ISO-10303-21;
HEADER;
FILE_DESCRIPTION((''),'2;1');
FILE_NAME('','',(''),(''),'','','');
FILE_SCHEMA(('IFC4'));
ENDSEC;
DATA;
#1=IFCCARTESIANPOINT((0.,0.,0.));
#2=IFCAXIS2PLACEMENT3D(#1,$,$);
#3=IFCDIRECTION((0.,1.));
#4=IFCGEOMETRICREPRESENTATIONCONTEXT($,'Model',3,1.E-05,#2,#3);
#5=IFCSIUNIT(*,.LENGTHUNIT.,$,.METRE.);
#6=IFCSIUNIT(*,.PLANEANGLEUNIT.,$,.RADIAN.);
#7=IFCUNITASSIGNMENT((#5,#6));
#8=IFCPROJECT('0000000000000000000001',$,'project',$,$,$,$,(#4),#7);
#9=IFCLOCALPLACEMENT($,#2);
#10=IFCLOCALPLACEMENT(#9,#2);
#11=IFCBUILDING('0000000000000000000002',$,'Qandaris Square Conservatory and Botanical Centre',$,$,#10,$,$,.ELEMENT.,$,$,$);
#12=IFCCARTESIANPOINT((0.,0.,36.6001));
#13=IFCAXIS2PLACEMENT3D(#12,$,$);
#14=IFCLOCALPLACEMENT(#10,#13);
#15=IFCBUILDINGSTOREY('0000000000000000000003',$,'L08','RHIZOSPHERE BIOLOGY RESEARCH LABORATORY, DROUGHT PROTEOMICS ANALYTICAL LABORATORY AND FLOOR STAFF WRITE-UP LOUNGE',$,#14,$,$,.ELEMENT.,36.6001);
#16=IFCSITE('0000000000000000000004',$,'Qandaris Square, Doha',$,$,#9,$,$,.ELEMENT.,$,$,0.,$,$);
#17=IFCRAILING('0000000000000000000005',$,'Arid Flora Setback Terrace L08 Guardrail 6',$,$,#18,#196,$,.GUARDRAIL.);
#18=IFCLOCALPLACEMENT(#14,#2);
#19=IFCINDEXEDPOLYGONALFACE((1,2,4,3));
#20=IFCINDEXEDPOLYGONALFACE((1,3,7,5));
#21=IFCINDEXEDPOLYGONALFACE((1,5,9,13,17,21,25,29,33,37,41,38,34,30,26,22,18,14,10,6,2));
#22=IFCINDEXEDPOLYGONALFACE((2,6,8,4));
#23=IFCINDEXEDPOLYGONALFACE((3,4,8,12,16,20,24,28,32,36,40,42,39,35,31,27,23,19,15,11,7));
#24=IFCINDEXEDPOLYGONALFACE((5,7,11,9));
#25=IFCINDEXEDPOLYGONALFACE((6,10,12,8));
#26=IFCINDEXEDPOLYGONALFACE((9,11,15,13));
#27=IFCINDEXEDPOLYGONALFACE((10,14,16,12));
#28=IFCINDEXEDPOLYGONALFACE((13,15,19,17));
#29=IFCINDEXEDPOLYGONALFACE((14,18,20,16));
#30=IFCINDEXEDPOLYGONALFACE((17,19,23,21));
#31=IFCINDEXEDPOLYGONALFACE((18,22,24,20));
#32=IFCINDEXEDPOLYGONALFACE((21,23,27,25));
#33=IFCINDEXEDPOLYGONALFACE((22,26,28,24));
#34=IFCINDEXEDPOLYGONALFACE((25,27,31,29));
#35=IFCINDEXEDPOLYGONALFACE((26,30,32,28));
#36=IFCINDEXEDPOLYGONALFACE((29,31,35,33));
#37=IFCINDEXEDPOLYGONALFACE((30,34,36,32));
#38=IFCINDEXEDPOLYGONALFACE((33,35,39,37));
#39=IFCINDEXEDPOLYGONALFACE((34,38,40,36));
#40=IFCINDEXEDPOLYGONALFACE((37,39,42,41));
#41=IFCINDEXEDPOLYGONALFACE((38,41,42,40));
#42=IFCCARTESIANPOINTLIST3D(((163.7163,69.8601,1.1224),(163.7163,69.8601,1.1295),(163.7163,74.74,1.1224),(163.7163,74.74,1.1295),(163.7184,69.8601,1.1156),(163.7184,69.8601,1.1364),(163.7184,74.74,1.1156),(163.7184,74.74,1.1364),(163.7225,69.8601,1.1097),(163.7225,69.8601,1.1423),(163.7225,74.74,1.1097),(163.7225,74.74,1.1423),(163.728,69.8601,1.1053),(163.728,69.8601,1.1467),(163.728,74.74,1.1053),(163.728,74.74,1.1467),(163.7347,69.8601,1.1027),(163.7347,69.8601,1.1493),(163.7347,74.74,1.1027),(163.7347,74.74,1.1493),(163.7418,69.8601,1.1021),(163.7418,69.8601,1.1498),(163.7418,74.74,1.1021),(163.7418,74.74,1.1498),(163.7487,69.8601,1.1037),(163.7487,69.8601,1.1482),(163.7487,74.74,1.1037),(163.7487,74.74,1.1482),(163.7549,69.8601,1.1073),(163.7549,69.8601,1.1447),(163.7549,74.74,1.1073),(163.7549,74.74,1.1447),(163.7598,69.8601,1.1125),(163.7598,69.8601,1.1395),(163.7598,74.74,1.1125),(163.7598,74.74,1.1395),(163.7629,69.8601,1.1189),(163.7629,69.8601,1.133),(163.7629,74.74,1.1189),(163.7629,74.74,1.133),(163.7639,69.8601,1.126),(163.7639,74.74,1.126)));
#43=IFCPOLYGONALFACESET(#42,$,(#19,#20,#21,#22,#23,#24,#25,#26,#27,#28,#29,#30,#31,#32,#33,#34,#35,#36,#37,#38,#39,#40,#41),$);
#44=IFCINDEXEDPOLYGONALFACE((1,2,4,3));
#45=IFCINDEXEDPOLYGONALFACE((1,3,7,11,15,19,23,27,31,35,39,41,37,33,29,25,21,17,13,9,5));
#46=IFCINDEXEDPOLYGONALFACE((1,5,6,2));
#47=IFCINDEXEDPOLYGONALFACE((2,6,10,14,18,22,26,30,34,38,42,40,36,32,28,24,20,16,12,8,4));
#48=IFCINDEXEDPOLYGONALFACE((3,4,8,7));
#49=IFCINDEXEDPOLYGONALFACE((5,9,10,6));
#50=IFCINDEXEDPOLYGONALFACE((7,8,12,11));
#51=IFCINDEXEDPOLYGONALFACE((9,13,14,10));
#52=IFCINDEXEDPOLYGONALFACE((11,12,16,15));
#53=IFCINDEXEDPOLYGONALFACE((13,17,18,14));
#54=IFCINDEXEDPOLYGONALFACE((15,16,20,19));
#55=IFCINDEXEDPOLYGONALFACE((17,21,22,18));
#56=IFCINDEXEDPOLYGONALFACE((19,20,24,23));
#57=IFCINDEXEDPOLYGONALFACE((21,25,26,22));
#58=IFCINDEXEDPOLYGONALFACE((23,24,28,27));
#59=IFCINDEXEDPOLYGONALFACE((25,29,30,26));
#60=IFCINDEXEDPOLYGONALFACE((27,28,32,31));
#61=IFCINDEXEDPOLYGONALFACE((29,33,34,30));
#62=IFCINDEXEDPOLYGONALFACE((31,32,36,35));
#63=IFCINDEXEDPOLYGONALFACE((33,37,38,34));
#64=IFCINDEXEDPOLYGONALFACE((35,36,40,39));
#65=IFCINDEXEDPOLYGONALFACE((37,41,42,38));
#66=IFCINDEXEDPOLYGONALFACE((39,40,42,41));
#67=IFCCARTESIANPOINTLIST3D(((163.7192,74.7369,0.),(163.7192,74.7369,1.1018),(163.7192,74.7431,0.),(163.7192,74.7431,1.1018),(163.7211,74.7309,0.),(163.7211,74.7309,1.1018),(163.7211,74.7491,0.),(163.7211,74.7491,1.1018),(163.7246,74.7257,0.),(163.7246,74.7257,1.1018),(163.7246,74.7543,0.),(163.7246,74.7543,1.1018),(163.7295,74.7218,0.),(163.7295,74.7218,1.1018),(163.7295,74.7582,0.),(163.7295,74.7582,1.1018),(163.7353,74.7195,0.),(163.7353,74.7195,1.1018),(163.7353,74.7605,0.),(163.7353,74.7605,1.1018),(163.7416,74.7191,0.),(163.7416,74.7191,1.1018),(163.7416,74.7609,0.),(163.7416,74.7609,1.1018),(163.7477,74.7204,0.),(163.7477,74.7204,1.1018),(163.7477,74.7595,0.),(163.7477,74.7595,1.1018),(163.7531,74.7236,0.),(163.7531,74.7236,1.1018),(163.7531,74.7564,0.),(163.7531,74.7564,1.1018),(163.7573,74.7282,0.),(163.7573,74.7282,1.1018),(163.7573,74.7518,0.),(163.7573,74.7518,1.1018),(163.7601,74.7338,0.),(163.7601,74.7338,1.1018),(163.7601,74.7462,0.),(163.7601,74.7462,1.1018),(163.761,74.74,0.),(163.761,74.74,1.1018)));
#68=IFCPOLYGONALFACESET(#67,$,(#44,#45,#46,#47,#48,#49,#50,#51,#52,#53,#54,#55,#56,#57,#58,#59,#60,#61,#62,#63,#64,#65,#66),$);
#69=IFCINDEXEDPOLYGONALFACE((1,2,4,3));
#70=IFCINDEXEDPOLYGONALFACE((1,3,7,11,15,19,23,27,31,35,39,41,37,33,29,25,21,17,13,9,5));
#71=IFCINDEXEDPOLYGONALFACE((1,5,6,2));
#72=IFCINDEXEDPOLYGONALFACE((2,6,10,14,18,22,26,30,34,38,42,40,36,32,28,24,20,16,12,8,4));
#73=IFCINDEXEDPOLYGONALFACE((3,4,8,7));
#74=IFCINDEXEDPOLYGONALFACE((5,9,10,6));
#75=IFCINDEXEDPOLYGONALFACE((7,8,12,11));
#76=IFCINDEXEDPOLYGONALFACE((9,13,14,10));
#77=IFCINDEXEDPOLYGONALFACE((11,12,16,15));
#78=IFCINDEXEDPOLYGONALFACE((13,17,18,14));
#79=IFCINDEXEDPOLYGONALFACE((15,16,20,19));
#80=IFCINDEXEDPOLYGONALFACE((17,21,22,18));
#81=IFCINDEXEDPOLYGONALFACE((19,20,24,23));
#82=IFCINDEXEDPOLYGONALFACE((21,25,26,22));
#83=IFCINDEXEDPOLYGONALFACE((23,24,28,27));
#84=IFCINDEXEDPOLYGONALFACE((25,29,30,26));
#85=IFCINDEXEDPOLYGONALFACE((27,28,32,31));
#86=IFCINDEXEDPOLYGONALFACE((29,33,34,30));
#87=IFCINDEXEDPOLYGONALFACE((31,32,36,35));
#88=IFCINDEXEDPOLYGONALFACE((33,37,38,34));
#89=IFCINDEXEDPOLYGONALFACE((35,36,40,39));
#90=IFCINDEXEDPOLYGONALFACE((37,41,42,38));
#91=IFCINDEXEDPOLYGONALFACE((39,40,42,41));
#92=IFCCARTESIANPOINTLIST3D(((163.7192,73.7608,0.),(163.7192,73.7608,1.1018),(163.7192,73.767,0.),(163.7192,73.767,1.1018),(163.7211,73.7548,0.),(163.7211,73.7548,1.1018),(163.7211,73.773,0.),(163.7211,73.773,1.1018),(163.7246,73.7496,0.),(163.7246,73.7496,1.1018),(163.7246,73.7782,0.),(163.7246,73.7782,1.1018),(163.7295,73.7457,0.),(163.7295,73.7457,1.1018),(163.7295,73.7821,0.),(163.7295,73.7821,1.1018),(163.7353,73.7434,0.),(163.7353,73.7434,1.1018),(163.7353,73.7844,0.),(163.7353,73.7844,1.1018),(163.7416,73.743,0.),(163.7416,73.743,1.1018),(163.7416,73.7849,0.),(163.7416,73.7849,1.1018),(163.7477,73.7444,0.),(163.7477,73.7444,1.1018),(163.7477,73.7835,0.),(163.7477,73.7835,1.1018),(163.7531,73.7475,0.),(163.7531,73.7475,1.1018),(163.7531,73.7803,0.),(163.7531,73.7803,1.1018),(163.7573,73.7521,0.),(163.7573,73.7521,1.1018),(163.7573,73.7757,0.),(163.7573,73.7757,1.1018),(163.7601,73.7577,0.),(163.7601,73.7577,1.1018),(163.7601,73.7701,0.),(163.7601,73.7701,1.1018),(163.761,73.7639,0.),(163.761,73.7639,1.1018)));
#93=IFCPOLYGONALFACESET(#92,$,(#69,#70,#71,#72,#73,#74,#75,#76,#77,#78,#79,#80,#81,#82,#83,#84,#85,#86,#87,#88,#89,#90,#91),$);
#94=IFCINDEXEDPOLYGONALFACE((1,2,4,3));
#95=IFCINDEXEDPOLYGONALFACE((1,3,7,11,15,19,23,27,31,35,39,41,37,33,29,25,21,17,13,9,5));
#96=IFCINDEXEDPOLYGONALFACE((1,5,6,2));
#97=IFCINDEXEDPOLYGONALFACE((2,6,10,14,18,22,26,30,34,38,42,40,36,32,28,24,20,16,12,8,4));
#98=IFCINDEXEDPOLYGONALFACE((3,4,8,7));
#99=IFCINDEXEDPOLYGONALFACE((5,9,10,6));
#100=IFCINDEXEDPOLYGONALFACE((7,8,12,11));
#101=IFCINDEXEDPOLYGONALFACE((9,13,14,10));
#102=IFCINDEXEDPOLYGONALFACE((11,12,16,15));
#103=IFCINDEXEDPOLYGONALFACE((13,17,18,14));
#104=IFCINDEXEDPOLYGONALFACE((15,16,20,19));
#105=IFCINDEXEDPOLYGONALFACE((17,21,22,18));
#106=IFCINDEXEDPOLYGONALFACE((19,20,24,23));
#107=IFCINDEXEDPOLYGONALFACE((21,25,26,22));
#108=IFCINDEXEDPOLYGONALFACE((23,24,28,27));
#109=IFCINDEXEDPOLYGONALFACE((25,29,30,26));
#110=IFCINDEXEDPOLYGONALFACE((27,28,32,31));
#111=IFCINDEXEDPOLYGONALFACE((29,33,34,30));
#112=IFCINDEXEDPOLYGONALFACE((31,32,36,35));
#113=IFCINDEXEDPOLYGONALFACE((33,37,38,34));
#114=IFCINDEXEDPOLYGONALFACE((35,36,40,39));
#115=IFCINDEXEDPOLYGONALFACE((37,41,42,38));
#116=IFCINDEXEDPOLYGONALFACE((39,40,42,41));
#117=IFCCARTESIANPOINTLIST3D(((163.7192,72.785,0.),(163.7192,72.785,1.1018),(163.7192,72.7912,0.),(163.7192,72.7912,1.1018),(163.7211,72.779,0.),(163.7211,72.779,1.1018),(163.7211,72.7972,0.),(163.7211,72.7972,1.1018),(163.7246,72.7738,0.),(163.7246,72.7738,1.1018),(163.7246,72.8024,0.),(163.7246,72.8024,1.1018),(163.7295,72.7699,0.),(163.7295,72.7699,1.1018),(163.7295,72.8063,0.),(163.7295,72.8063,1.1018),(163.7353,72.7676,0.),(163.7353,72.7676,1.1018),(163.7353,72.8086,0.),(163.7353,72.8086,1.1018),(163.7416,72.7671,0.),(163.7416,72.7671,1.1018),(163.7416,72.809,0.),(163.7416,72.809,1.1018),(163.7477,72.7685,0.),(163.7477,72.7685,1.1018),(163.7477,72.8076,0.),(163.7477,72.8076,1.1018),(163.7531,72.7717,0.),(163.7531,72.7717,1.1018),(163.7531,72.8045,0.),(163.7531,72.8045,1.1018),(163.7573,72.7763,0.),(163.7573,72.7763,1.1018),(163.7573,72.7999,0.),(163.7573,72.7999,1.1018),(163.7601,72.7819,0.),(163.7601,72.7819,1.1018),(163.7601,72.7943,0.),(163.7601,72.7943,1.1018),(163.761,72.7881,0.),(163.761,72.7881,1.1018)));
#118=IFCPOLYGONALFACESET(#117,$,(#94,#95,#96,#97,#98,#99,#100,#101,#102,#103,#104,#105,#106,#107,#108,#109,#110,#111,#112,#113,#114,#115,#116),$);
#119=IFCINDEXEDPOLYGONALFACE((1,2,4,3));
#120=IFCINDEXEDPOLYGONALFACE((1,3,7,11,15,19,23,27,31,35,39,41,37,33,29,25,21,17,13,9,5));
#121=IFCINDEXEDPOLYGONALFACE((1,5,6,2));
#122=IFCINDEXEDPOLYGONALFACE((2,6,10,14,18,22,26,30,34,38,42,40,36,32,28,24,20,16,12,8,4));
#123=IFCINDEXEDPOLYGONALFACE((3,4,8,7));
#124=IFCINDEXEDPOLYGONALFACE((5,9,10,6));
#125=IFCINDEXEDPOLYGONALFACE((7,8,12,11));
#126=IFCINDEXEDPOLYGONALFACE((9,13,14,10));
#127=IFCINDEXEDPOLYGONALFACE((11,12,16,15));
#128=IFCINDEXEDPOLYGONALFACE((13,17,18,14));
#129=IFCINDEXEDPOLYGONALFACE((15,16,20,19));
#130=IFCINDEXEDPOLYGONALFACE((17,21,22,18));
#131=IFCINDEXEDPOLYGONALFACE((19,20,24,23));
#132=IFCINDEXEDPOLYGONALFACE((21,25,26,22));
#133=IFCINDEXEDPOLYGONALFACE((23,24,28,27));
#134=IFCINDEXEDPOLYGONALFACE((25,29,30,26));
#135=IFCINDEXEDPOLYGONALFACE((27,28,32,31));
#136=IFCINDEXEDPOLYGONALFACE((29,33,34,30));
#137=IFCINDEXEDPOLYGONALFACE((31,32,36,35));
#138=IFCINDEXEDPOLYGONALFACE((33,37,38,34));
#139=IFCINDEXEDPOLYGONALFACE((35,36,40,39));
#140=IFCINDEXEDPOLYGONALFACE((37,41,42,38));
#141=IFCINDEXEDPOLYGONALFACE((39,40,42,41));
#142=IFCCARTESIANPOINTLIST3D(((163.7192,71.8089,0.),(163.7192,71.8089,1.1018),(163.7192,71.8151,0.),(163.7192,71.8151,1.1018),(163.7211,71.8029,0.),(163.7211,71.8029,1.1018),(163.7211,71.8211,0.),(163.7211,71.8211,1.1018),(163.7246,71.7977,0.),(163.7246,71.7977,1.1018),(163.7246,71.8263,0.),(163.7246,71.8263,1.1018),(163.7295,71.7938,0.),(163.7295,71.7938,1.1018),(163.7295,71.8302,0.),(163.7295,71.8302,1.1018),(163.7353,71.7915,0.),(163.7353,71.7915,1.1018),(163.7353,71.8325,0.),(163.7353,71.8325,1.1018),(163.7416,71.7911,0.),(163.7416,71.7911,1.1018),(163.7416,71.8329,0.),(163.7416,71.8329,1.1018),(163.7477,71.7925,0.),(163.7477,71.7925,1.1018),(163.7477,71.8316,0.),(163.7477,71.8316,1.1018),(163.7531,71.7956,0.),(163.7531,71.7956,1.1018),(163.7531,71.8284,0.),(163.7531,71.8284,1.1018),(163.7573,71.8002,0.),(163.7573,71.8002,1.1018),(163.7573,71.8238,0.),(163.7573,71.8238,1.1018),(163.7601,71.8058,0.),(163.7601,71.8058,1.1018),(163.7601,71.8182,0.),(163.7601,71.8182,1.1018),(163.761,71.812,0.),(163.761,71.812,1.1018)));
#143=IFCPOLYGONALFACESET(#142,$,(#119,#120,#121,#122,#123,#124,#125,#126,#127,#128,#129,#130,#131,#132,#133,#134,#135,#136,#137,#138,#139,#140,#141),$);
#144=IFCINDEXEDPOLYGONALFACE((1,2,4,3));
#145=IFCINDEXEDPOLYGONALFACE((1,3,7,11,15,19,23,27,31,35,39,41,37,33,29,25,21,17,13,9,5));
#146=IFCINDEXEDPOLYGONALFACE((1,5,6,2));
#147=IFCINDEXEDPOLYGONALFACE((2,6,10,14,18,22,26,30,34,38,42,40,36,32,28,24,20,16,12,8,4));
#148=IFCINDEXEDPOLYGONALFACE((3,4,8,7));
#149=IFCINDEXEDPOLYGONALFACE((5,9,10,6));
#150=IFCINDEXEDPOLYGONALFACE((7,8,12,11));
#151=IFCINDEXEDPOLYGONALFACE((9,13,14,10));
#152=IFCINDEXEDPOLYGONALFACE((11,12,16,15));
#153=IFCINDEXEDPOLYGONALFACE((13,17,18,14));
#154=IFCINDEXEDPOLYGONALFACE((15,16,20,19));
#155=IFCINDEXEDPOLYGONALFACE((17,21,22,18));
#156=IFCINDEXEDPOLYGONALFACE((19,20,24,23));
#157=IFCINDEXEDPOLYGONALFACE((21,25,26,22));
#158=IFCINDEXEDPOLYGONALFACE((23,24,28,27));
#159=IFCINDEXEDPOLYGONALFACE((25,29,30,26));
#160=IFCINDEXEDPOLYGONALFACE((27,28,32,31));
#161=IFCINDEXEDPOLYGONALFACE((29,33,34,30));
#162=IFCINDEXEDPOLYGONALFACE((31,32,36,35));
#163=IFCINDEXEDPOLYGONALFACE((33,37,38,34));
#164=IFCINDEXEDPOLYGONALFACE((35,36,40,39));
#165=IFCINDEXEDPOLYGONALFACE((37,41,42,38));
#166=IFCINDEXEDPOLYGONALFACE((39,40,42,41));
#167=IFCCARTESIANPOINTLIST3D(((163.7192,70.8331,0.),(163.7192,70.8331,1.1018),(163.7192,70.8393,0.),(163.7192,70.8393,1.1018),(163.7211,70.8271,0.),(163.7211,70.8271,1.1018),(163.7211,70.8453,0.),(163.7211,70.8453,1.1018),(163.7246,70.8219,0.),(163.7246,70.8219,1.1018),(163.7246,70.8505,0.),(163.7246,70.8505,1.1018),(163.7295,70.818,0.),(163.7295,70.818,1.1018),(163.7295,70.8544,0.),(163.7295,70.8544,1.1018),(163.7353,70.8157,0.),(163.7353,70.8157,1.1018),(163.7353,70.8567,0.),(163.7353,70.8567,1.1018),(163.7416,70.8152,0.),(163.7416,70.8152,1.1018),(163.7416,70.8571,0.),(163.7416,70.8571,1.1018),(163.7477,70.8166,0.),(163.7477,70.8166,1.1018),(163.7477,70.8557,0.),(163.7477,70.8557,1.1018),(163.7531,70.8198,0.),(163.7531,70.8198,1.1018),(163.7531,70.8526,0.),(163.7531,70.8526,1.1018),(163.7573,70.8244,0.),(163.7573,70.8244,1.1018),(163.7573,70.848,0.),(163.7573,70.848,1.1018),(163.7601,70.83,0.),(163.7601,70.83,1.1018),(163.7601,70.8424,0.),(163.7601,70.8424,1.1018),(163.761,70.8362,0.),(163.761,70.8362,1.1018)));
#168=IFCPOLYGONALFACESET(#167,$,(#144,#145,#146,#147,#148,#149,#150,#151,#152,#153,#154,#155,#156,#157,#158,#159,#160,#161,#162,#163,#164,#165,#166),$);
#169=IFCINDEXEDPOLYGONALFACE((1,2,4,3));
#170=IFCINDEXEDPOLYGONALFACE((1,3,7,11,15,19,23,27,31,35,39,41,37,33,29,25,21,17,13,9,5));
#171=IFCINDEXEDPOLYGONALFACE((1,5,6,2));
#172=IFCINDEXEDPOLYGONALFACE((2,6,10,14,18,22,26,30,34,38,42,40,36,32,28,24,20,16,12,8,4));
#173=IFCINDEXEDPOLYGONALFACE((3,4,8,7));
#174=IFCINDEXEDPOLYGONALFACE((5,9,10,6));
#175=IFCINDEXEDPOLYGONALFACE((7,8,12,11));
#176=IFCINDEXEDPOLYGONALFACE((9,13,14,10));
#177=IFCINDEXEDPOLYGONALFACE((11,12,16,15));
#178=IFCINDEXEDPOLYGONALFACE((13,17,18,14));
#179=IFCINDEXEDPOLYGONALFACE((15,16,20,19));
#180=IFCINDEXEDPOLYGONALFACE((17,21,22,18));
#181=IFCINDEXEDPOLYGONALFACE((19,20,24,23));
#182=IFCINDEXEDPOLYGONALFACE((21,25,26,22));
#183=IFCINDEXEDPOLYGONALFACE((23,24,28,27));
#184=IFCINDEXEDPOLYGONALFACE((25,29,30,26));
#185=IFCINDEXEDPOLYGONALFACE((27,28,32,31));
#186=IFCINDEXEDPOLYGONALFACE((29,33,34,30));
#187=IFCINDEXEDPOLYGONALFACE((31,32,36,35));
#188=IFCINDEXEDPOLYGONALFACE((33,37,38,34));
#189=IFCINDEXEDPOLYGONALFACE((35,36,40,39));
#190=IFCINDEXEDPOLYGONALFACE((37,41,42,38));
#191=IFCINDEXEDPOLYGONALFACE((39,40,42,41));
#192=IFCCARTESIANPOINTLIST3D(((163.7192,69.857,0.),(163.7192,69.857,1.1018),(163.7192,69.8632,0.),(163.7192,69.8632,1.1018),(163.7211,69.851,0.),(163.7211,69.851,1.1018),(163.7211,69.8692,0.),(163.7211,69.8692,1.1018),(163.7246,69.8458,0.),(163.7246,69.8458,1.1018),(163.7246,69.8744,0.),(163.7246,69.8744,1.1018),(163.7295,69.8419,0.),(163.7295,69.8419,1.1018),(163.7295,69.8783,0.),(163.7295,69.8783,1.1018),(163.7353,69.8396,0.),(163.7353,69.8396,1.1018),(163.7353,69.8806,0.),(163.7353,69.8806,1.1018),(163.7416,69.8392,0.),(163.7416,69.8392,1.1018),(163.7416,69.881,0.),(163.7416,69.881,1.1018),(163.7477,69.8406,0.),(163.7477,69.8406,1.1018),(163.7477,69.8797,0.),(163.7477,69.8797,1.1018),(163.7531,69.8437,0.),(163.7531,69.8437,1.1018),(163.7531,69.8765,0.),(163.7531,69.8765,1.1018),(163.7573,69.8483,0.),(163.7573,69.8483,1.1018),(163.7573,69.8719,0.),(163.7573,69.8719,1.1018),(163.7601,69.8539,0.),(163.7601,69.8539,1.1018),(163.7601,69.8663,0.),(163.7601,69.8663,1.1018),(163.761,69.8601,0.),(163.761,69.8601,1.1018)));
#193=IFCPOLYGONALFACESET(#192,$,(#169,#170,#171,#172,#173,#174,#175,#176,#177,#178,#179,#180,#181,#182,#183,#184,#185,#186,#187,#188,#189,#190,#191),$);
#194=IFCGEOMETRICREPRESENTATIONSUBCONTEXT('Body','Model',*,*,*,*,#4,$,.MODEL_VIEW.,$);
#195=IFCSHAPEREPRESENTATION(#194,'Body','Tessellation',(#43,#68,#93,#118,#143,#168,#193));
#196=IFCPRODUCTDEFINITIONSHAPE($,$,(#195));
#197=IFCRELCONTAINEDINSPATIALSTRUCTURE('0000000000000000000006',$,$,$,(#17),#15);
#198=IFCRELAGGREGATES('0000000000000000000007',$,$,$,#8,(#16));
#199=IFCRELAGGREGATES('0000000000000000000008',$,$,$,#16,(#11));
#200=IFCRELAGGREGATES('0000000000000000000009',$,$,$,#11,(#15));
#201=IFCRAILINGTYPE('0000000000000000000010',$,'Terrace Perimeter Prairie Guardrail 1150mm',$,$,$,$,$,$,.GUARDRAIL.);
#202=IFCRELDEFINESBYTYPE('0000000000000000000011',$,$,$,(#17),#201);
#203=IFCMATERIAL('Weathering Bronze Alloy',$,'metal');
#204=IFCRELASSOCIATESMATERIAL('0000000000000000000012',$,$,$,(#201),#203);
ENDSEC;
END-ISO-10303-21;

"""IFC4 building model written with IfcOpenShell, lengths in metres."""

from ifc_helpers import new_model, si_unit, direction, frame, origin, origin_2d, place, context, subcontext, project, spatial, circle, extrude, material, type_object, element, save


model = new_model("IFC4")

# Units and contexts
model_context = context("Model", 3, precision=1e-05, world=origin(), true_north=direction((0.0, 1.0)))
body_context = subcontext(model_context, "Body", "Model", "MODEL_VIEW")
ifc_project = project(units=[si_unit("LENGTHUNIT", "METRE"), si_unit("PLANEANGLEUNIT", "RADIAN")], contexts=[model_context])

# Site, building, storey
site_placement = place(None, origin())
site = spatial("IfcSite", under=ifc_project, at=site_placement, Name="Qandaris Square, Doha", CompositionType="ELEMENT", RefElevation=0.0)
building_placement = place(site_placement, origin())
building = spatial("IfcBuilding", under=site, at=building_placement, Name="Qandaris Square Conservatory and Botanical Centre", CompositionType="ELEMENT")
storey_placement = place(building_placement, frame((0.0, 0.0, 36.6001)))
storey = spatial("IfcBuildingStorey", under=building, at=storey_placement, Name="L08", Description="RHIZOSPHERE BIOLOGY RESEARCH LABORATORY, DROUGHT PROTEOMICS ANALYTICAL LABORATORY AND FLOOR STAFF WRITE-UP LOUNGE", CompositionType="ELEMENT", Elevation=36.6001)

# Railing
ifc_material_1 = material(Name="Weathering Bronze Alloy", Category="metal")
railing_type = type_object("IfcRailingType", Name="Terrace Perimeter Prairie Guardrail 1150mm", PredefinedType="GUARDRAIL", material=ifc_material_1)
railing_1_placement = place(storey_placement, frame((163.74, 74.74, 0.0)))
element("IfcRailing", 1, at=railing_1_placement, inside=storey, type_object=railing_type, Name="Arid Flora Setback Terrace L08 Guardrail 6", PredefinedType="GUARDRAIL", context=body_context, shape_type="SweptSolid", body=[
    extrude(circle(Radius=0.0239, at=origin_2d()), frame((0.0, 0.0, 1.126), z_axis=(0.0, -1.0, 0.0), x_axis=(1.0, 0.0, 0.0)), (0.0, 0.0, 1.0), 4.8799),
    extrude(circle(Radius=0.021, at=origin_2d()), origin(), (0.0, 0.0, 1.0), 1.1018),
    extrude(circle(Radius=0.021, at=origin_2d()), frame((0.0, -0.9761, 0.0)), (0.0, 0.0, 1.0), 1.1018),
    extrude(circle(Radius=0.021, at=origin_2d()), frame((0.0, -1.9519, 0.0)), (0.0, 0.0, 1.0), 1.1018),
    extrude(circle(Radius=0.021, at=origin_2d()), frame((0.0, -2.928, 0.0)), (0.0, 0.0, 1.0), 1.1018),
    extrude(circle(Radius=0.021, at=origin_2d()), frame((0.0, -3.9038, 0.0)), (0.0, 0.0, 1.0), 1.1018),
    extrude(circle(Radius=0.021, at=origin_2d()), frame((0.0, -4.8799, 0.0)), (0.0, 0.0, 1.0), 1.1018),
])

save(model, "model.ifc")
